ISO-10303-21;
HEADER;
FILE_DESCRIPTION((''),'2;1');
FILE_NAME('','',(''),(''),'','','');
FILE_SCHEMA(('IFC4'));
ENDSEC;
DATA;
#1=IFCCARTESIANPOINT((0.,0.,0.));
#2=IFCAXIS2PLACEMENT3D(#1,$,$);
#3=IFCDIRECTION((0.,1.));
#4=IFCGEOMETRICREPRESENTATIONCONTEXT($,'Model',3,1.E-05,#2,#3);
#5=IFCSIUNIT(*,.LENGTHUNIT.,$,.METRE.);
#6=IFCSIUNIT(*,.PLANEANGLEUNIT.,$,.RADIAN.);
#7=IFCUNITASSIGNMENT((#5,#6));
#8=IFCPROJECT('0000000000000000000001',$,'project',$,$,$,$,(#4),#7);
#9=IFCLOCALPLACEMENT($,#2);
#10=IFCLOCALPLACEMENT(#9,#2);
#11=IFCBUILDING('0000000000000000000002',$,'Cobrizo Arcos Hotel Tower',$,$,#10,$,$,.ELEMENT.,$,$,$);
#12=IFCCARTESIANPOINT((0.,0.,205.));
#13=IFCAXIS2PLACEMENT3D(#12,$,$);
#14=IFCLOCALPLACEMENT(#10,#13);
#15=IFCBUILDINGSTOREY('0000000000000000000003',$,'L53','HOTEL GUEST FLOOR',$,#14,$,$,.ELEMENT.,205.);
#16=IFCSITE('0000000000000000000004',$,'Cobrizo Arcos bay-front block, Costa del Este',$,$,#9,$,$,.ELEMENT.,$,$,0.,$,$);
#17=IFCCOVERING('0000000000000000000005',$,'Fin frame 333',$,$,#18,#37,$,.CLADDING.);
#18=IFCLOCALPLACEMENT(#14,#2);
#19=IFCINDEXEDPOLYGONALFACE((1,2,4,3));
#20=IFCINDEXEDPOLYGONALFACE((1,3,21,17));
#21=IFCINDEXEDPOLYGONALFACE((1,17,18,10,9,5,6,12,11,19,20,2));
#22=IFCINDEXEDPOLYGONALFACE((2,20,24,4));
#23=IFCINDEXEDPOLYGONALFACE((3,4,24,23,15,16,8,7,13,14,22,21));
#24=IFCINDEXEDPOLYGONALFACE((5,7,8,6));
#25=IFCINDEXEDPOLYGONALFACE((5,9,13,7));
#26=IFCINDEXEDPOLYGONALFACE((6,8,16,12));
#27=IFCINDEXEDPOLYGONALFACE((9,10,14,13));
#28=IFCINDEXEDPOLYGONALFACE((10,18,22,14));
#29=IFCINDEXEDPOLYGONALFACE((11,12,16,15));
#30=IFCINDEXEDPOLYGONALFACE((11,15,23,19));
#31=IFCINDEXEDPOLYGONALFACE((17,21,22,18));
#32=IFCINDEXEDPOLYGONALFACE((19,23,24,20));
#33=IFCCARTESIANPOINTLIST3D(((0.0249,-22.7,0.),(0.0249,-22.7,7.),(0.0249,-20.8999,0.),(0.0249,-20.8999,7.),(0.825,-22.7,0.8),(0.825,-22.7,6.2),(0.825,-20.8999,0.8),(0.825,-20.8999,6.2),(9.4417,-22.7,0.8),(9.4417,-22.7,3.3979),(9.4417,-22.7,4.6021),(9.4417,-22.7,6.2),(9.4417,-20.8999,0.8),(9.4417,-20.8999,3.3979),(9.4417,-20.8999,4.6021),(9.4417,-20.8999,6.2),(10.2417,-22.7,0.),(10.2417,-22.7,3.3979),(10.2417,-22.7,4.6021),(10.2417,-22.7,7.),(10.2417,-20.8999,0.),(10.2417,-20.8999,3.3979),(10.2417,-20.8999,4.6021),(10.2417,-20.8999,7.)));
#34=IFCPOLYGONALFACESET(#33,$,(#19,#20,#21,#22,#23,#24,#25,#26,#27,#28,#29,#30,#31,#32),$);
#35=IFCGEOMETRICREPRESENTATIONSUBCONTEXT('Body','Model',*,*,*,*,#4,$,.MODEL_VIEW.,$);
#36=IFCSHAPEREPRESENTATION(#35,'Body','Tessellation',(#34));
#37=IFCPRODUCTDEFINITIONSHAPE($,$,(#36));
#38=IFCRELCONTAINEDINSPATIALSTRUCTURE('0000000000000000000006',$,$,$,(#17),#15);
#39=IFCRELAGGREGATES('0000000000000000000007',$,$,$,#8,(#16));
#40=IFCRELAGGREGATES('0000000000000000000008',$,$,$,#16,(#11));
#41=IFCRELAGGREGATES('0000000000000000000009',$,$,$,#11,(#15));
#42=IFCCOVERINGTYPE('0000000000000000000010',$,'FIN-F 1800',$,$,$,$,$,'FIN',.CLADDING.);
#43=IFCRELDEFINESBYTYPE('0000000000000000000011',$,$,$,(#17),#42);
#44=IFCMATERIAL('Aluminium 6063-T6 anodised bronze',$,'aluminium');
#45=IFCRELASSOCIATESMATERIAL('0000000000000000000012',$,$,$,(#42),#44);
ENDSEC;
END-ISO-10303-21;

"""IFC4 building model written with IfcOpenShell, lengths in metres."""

from ifc_helpers import new_model, si_unit, direction, frame, origin, place, context, subcontext, project, spatial, polyline, outline, extrude, material, type_object, element, save


model = new_model("IFC4")

# Units and contexts
model_context = context("Model", 3, precision=1e-05, world=origin(), true_north=direction((0.0, 1.0)))
body_context = subcontext(model_context, "Body", "Model", "MODEL_VIEW")
ifc_project = project(units=[si_unit("LENGTHUNIT", "METRE"), si_unit("PLANEANGLEUNIT", "RADIAN")], contexts=[model_context])

# Site, building, storey
site_placement = place(None, origin())
site = spatial("IfcSite", under=ifc_project, at=site_placement, Name="Cobrizo Arcos bay-front block, Costa del Este", CompositionType="ELEMENT", RefElevation=0.0)
building_placement = place(site_placement, origin())
building = spatial("IfcBuilding", under=site, at=building_placement, Name="Cobrizo Arcos Hotel Tower", CompositionType="ELEMENT")
storey_placement = place(building_placement, frame((0.0, 0.0, 205.0)))
storey = spatial("IfcBuildingStorey", under=building, at=storey_placement, Name="L53", Description="HOTEL GUEST FLOOR", CompositionType="ELEMENT", Elevation=205.0)

# Shared definitions
ifc_material_1 = material(Name="Aluminium 6063-T6 anodised bronze", Category="aluminium")

# Covering
covering_type_1 = type_object("IfcCoveringType", Name="FIN-F 1800", ElementType="FIN", PredefinedType="CLADDING", material=ifc_material_1)
covering_1_placement = place(storey_placement, frame((0.0249, -20.8999, 0.0), z_axis=(0.0, -1.0, 0.0), x_axis=(1.0, 0.0, 0.0)))
element("IfcCovering", 1, at=covering_1_placement, inside=storey, type_object=covering_type_1, Name="Fin frame 333", PredefinedType="CLADDING", context=body_context, shape_type="SweptSolid", body=[
    extrude(outline(polyline([(10.2168, 0.0), (10.2168, 3.3979), (9.4167, 3.3979), (9.4167, 0.8), (0.8, 0.8), (0.8, 6.2), (9.4167, 6.2), (9.4167, 4.6021), (10.2168, 4.6021), (10.2168, 7.0), (0.0, 7.0), (0.0, 0.0), (10.2168, 0.0)])), origin(), (0.0, 0.0, 1.0), 1.8),
])

save(model, "model.ifc")
